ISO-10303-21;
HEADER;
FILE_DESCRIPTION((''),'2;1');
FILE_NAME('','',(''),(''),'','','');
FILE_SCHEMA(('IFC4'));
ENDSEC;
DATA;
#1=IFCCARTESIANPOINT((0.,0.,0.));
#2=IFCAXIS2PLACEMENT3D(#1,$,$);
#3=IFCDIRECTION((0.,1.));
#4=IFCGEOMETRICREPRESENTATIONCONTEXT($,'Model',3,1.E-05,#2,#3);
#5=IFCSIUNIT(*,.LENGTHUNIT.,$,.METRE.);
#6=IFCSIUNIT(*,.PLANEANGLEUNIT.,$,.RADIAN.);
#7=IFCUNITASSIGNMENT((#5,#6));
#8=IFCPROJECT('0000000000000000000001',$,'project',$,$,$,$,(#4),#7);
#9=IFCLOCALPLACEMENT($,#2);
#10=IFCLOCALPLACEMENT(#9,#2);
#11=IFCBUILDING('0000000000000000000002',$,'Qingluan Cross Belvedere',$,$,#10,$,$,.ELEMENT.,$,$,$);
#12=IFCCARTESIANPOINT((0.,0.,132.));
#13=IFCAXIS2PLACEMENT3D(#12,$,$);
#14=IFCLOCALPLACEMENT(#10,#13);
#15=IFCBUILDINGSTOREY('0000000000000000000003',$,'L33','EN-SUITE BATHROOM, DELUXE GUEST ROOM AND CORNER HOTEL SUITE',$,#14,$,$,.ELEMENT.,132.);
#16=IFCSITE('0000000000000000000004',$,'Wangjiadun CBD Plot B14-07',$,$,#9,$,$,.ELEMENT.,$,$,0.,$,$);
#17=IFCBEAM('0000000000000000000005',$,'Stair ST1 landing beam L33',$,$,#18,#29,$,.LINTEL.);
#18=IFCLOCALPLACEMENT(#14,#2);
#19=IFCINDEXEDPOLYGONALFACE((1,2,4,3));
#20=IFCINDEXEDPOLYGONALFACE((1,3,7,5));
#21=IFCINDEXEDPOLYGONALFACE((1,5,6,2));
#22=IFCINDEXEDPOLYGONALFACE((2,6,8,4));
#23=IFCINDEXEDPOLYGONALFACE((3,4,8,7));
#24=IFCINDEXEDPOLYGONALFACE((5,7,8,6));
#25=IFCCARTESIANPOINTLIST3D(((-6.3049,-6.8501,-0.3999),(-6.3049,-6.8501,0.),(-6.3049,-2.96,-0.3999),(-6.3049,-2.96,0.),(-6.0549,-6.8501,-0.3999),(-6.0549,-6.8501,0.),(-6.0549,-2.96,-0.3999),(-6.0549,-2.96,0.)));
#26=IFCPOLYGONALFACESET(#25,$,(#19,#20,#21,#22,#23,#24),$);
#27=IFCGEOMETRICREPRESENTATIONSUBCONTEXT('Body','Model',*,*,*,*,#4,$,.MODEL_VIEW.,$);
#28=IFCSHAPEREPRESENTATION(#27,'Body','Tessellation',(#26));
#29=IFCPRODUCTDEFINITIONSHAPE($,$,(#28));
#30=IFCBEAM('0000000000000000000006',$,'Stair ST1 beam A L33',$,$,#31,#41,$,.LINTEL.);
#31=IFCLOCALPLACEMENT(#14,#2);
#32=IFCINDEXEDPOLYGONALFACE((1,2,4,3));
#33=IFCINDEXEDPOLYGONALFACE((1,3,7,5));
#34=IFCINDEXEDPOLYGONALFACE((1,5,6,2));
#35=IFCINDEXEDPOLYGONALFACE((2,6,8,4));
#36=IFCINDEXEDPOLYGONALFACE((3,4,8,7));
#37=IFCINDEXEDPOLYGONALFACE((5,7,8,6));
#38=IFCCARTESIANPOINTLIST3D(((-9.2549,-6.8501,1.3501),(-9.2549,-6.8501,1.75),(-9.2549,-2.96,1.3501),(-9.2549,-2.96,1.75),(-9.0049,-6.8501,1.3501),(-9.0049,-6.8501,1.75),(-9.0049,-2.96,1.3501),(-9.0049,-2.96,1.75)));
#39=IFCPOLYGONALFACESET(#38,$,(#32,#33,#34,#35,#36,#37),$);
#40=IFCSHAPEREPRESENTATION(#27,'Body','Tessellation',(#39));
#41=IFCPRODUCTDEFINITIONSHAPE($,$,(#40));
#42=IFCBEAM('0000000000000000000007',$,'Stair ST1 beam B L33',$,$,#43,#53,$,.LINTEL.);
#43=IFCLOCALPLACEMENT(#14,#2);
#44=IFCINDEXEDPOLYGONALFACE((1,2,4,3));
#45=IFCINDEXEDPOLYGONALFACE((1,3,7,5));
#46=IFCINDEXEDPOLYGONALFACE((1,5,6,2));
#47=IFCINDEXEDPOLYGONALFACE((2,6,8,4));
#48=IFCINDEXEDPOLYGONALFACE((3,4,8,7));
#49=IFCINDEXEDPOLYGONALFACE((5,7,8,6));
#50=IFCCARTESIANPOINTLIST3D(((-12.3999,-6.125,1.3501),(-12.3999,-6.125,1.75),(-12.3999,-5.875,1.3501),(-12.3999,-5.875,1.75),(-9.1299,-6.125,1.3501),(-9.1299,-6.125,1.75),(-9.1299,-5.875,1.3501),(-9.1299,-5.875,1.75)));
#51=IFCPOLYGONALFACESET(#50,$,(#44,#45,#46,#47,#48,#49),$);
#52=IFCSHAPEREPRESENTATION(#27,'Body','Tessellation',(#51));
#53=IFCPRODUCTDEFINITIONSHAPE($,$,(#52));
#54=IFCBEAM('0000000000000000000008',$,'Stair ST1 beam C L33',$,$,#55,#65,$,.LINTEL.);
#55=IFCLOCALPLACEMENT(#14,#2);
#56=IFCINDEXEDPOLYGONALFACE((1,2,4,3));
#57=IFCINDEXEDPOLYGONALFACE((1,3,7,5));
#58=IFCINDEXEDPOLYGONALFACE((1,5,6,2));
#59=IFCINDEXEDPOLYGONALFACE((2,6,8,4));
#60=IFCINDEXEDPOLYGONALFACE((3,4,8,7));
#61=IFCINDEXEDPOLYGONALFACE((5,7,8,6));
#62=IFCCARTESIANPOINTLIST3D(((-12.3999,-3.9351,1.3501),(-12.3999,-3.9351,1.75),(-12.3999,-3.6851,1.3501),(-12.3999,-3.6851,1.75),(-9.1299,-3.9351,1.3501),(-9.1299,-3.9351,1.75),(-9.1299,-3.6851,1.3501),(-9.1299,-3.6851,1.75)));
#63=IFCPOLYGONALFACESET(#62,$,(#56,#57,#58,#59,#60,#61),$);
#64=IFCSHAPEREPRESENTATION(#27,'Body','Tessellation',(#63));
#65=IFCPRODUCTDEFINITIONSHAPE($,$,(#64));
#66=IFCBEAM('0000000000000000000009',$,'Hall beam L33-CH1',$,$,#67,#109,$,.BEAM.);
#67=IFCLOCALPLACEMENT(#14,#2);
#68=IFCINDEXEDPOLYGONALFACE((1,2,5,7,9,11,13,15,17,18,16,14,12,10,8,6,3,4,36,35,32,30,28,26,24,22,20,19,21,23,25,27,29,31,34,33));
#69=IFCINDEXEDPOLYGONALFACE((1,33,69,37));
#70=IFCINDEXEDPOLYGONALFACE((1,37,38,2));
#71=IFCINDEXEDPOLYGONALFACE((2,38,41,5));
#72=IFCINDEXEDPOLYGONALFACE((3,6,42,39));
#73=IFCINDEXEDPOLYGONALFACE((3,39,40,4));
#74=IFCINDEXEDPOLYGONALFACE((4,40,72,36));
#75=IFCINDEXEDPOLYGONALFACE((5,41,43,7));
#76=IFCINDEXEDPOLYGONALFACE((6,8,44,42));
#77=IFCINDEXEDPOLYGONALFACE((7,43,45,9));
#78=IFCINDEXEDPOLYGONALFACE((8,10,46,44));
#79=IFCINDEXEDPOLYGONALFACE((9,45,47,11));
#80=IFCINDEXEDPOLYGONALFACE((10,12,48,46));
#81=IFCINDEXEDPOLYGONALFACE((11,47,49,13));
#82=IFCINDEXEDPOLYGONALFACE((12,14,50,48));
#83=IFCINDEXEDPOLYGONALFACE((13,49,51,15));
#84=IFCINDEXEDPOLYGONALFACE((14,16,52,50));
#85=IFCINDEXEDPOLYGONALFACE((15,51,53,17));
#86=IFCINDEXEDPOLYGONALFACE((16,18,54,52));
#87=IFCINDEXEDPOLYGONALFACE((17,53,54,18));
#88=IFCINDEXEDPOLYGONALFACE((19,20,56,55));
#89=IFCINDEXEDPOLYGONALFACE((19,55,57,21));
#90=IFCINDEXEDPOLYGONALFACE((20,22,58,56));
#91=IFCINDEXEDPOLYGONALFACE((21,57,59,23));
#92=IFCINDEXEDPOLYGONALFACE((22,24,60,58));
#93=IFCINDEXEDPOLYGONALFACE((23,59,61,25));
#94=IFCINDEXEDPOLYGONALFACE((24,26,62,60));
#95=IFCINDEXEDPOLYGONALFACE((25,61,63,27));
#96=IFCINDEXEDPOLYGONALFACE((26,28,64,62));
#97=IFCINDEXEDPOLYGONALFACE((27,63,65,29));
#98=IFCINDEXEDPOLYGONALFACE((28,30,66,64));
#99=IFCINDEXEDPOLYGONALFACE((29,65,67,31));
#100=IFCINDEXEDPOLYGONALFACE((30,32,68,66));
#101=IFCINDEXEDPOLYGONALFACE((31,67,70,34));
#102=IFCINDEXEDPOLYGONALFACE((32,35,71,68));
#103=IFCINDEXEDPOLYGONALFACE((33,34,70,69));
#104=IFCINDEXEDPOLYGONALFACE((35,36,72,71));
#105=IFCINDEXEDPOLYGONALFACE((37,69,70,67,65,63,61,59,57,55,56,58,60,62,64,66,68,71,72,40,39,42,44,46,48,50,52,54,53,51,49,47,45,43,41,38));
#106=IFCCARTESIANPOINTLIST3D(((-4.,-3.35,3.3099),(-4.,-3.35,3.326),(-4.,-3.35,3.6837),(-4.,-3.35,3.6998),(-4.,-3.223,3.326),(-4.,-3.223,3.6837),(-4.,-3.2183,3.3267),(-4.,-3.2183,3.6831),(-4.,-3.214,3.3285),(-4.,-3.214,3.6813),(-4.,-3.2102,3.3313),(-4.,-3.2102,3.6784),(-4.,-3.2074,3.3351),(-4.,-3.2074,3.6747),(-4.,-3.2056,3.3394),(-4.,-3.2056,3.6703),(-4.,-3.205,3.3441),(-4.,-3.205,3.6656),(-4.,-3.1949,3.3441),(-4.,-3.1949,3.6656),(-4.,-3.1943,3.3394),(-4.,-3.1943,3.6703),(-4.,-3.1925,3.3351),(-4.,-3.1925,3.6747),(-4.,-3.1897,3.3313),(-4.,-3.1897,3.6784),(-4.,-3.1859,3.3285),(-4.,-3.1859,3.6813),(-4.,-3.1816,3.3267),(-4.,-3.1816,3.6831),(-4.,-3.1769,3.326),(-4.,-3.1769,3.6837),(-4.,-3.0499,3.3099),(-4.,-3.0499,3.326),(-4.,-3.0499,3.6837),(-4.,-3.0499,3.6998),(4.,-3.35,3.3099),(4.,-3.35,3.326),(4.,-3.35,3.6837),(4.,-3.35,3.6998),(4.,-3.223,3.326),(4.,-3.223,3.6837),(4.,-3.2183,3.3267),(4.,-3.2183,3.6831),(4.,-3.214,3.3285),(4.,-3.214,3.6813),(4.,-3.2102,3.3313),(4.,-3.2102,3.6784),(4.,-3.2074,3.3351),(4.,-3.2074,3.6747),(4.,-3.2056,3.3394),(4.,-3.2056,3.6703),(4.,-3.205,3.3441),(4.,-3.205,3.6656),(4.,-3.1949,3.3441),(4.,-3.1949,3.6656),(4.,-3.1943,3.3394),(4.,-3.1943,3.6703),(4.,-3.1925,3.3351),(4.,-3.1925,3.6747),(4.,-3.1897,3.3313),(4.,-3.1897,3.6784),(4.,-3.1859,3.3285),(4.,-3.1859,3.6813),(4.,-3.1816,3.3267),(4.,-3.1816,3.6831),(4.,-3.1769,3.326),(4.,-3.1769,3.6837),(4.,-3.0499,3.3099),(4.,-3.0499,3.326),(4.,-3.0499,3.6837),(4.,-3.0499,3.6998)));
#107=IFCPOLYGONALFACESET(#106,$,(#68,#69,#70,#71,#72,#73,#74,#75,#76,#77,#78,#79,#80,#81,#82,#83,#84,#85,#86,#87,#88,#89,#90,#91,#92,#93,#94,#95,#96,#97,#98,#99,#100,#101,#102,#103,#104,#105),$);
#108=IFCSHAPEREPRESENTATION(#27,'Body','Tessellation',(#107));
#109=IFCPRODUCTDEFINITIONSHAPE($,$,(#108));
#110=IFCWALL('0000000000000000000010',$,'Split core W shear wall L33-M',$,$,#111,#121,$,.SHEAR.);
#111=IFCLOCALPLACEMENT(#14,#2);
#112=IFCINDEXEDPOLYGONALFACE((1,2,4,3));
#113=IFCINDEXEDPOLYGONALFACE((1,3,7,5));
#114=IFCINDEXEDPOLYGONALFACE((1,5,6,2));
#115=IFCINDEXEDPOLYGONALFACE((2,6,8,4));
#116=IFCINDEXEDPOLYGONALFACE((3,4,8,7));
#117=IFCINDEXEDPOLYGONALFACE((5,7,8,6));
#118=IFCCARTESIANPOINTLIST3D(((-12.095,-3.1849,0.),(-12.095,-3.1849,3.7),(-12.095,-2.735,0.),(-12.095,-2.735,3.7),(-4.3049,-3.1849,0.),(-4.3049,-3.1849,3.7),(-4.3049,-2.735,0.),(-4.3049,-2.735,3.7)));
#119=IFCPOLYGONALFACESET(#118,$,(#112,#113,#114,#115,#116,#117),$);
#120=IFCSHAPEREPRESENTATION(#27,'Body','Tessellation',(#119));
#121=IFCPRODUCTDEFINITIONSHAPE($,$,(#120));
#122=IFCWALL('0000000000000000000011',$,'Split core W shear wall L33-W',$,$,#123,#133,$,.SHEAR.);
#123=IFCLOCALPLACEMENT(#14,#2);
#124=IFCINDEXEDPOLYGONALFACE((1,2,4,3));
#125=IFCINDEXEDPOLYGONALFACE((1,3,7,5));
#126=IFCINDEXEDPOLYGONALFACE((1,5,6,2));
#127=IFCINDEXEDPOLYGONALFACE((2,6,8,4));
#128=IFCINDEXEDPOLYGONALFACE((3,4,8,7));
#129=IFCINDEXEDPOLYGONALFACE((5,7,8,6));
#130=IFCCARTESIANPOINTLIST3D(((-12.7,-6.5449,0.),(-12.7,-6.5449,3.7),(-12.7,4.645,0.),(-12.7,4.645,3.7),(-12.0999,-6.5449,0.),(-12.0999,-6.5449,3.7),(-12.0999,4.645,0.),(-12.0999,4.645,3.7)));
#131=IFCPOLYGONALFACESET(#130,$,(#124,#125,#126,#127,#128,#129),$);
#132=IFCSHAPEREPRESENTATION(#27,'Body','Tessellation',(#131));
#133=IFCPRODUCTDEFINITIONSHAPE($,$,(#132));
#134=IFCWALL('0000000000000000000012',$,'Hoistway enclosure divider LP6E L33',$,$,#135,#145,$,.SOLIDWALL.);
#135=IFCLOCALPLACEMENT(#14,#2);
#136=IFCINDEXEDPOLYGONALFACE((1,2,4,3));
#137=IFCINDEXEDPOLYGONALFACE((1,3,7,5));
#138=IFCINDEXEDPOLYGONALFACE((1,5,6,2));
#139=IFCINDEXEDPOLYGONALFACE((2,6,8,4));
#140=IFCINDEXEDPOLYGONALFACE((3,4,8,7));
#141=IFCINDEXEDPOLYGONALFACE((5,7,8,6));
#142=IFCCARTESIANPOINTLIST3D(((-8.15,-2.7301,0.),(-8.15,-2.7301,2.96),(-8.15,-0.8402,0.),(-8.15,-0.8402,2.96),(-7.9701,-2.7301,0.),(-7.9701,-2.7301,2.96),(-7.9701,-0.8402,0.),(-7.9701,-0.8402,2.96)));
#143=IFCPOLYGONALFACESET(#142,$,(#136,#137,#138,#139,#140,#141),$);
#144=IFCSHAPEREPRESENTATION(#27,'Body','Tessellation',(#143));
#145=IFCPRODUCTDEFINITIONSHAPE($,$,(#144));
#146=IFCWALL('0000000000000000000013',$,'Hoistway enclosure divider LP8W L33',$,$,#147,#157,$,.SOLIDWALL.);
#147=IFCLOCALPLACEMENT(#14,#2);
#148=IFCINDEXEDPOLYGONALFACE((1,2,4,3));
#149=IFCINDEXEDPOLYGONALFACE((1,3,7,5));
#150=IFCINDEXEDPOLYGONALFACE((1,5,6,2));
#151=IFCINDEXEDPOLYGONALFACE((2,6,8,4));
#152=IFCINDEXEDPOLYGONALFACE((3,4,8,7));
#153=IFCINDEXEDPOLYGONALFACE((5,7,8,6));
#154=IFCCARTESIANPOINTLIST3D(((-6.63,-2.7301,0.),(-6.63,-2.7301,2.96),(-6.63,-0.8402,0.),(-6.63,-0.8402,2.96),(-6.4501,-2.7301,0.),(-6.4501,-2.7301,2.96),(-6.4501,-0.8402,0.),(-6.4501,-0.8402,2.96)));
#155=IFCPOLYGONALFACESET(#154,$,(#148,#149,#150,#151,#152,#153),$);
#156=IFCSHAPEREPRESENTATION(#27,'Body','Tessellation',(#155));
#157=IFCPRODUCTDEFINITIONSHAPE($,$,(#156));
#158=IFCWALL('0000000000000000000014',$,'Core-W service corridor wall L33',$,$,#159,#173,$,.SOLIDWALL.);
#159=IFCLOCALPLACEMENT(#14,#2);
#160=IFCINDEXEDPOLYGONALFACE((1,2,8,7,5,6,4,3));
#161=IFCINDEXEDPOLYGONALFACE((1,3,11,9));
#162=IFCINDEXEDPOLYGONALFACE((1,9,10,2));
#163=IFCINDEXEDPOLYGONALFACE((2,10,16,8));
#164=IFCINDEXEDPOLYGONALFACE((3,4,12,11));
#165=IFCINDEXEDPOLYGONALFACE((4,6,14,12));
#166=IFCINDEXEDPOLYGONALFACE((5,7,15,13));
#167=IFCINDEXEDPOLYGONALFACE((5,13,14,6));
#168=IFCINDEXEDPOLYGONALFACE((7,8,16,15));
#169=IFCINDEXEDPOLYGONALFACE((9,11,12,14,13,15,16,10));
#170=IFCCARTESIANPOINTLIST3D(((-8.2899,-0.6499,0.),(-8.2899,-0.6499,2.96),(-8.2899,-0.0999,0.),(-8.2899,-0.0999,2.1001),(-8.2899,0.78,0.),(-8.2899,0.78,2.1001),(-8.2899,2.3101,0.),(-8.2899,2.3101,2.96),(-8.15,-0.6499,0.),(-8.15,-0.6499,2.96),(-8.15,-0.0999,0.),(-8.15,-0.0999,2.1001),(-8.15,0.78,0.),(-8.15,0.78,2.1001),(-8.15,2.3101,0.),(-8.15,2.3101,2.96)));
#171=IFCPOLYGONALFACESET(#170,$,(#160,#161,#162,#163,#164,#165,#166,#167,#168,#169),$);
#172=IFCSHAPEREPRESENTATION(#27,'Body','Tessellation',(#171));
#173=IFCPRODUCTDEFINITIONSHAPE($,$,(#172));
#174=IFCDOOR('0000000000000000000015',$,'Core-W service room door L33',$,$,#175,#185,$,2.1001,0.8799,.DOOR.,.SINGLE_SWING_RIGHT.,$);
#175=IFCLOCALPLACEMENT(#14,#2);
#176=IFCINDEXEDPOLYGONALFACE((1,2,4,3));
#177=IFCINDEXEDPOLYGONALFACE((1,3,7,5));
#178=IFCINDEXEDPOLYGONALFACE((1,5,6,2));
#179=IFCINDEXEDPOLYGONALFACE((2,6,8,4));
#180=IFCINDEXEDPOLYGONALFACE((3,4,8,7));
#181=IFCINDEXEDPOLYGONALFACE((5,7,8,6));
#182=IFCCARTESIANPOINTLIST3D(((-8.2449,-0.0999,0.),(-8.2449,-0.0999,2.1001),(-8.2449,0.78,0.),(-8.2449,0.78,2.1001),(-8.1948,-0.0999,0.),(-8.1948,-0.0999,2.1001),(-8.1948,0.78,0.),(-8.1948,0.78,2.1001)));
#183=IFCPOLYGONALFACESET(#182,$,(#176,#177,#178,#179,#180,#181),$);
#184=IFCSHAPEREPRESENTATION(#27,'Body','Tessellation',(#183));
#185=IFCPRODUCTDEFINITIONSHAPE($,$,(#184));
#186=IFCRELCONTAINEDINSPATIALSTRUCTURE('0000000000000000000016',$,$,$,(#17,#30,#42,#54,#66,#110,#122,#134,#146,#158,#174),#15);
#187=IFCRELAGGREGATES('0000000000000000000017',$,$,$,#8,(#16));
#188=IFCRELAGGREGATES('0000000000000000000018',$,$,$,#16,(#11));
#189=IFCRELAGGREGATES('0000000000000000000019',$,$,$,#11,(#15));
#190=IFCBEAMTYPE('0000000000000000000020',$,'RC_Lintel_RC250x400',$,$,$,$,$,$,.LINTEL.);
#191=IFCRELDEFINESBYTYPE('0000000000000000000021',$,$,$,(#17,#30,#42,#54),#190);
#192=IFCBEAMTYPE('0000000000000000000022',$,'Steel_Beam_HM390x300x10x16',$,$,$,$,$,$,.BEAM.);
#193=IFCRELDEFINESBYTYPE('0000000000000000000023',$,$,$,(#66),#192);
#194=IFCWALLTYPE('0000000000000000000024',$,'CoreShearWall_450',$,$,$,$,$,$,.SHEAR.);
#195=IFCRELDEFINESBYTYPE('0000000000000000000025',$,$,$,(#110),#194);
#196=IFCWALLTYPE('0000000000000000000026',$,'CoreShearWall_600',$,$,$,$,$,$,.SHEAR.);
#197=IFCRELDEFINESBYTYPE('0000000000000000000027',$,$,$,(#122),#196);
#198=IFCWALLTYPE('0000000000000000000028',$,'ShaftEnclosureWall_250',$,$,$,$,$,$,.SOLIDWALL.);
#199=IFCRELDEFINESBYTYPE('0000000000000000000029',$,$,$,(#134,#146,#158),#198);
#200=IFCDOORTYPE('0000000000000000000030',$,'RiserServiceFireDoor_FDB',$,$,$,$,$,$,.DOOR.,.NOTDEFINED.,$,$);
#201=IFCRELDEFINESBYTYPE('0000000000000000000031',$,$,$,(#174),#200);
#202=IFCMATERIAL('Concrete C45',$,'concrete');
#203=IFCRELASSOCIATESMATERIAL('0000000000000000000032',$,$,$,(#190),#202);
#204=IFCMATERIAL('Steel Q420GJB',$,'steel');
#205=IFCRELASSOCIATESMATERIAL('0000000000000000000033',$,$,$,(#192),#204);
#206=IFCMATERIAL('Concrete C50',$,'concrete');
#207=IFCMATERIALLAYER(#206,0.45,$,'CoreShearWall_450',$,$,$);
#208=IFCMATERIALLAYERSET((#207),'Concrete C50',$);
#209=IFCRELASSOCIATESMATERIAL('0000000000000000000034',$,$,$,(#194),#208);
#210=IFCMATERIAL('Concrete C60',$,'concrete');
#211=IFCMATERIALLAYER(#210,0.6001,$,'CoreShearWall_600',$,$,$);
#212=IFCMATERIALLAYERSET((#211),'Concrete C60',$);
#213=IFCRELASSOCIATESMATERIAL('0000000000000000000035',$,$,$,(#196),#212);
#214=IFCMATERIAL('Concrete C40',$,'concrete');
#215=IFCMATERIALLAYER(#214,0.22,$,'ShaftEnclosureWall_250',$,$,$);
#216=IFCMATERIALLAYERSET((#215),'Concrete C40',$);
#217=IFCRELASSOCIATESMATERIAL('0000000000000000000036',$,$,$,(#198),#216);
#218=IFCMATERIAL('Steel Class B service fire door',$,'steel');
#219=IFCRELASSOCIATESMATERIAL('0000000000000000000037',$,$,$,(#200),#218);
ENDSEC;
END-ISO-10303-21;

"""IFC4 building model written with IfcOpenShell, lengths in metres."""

from ifc_helpers import new_model, si_unit, direction, frame, frame_2d, origin, origin_2d, place, context, subcontext, project, spatial, rectangle, i_section, extrude, material, layer, layer_set, material_profile, profile_set, type_object, element, fill, save


model = new_model("IFC4")

# Units and contexts
model_context = context("Model", 3, precision=1e-05, world=origin(), true_north=direction((0.0, 1.0)))
body_context = subcontext(model_context, "Body", "Model", "MODEL_VIEW")
ifc_project = project(units=[si_unit("LENGTHUNIT", "METRE"), si_unit("PLANEANGLEUNIT", "RADIAN")], contexts=[model_context])

# Site, building, storey
site_placement = place(None, origin())
site = spatial("IfcSite", under=ifc_project, at=site_placement, Name="Wangjiadun CBD Plot B14-07", CompositionType="ELEMENT", RefElevation=0.0)
building_placement = place(site_placement, origin())
building = spatial("IfcBuilding", under=site, at=building_placement, Name="Qingluan Cross Belvedere", CompositionType="ELEMENT")
storey_placement = place(building_placement, frame((0.0, 0.0, 132.0)))
storey = spatial("IfcBuildingStorey", under=building, at=storey_placement, Name="L33", Description="EN-SUITE BATHROOM, DELUXE GUEST ROOM AND CORNER HOTEL SUITE", CompositionType="ELEMENT", Elevation=132.0)

# Beams
ifc_material_1 = material(Name="Concrete C45", Category="concrete")
ifc_material_profile_1 = material_profile(ifc_material_1, rectangle(XDim=0.25, YDim=0.3999, at=origin_2d()), Name="RC250x400")
ifc_profile_set_1 = profile_set([ifc_material_profile_1], Name="Concrete C45")
beam_type_1 = type_object("IfcBeamType", Name="RC_Lintel_RC250x400", PredefinedType="LINTEL", material=ifc_profile_set_1)
for number, where, z_axis, x_axis, name in (
    (1, (-6.1799, -6.8501, -0.2), (0.0, 1.0, 0.0), (-1.0, 0.0, 0.0), "Stair ST1 landing beam L33"),
    (2, (-9.1299, -6.8501, 1.55), (0.0, 1.0, 0.0), (-1.0, 0.0, 0.0), "Stair ST1 beam A L33"),
):
    element("IfcBeam", number, at=place(storey_placement, frame(where, z_axis=z_axis, x_axis=x_axis)), inside=storey, type_object=beam_type_1, Name=name, PredefinedType="LINTEL", context=body_context, shape_type="SweptSolid", body=[
        extrude(rectangle(XDim=0.25, YDim=0.3999, at=origin_2d()), origin(), (0.0, 0.0, 1.0), 3.8901),
    ])
for number, where, z_axis, x_axis, name in (
    (3, (-12.3999, -6.0, 1.55), (1.0, 0.0, 0.0), (0.0, 1.0, 0.0), "Stair ST1 beam B L33"),
    (4, (-12.3999, -3.8101, 1.55), (1.0, 0.0, 0.0), (0.0, 1.0, 0.0), "Stair ST1 beam C L33"),
):
    element("IfcBeam", number, at=place(storey_placement, frame(where, z_axis=z_axis, x_axis=x_axis)), inside=storey, type_object=beam_type_1, Name=name, PredefinedType="LINTEL", context=body_context, shape_type="SweptSolid", body=[
        extrude(rectangle(XDim=0.25, YDim=0.3999, at=origin_2d()), origin(), (0.0, 0.0, 1.0), 3.27),
    ])
ifc_material_2 = material(Name="Steel Q420GJB", Category="steel")
ifc_material_profile_2 = material_profile(ifc_material_2, i_section(OverallWidth=0.3, OverallDepth=0.3899, WebThickness=0.01, FlangeThickness=0.0161, FilletRadius=0.0181, at=origin_2d()), Name="HM390x300x10x16")
ifc_profile_set_2 = profile_set([ifc_material_profile_2], Name="Steel Q420GJB")
beam_type_2 = type_object("IfcBeamType", Name="Steel_Beam_HM390x300x10x16", PredefinedType="BEAM", material=ifc_profile_set_2)
beam_placement = place(storey_placement, frame((-4.0, -3.2, 3.5049), z_axis=(1.0, 0.0, 0.0), x_axis=(0.0, 1.0, 0.0)))
element("IfcBeam", 5, at=beam_placement, inside=storey, type_object=beam_type_2, Name="Hall beam L33-CH1", PredefinedType="BEAM", context=body_context, shape_type="SweptSolid", body=[
    extrude(i_section(OverallWidth=0.3, OverallDepth=0.3899, WebThickness=0.01, FlangeThickness=0.0161, FilletRadius=0.0181, at=origin_2d()), origin(), (0.0, 0.0, 1.0), 8.0),
])

# Walls
ifc_material_3 = material(Name="Concrete C50", Category="concrete")
ifc_layer_1 = layer(ifc_material_3, 0.45, Name="CoreShearWall_450")
ifc_layer_set_1 = layer_set([ifc_layer_1], Name="Concrete C50")
wall_type_1 = type_object("IfcWallType", Name="CoreShearWall_450", PredefinedType="SHEAR", material=ifc_layer_set_1)
wall_1_placement = place(storey_placement, frame((-12.095, -2.96, 0.0), z_axis=(0.0, 0.0, 1.0), x_axis=(1.0, 0.0, 0.0)))
element("IfcWall", 6, at=wall_1_placement, inside=storey, type_object=wall_type_1, Name="Split core W shear wall L33-M", PredefinedType="SHEAR", context=body_context, shape_type="SweptSolid", body=[
    extrude(rectangle(XDim=7.79, YDim=0.45, at=frame_2d((3.895, 0.0))), origin(), (0.0, 0.0, 1.0), 3.7),
])
ifc_material_4 = material(Name="Concrete C60", Category="concrete")
ifc_layer_2 = layer(ifc_material_4, 0.6001, Name="CoreShearWall_600")
ifc_layer_set_2 = layer_set([ifc_layer_2], Name="Concrete C60")
wall_type_2 = type_object("IfcWallType", Name="CoreShearWall_600", PredefinedType="SHEAR", material=ifc_layer_set_2)
wall_2_placement = place(storey_placement, frame((-12.3999, -6.5449, 0.0), z_axis=(0.0, 0.0, 1.0), x_axis=(0.0, 1.0, 0.0)))
element("IfcWall", 7, at=wall_2_placement, inside=storey, type_object=wall_type_2, Name="Split core W shear wall L33-W", PredefinedType="SHEAR", context=body_context, shape_type="SweptSolid", body=[
    extrude(rectangle(XDim=11.1899, YDim=0.6001, at=frame_2d((5.595, 0.0))), origin(), (0.0, 0.0, 1.0), 3.7),
])

# Shared definitions
ifc_material_5 = material(Name="Concrete C40", Category="concrete")
ifc_layer_3 = layer(ifc_material_5, 0.22, Name="ShaftEnclosureWall_250")
ifc_layer_set_3 = layer_set([ifc_layer_3], Name="Concrete C40")
wall_type_3 = type_object("IfcWallType", Name="ShaftEnclosureWall_250", PredefinedType="SOLIDWALL", material=ifc_layer_set_3)

# Walls
for number, where, z_axis, x_axis, name in (
    (8, (-8.0601, -2.73, 0.0), (0.0, 0.0, 1.0), (0.0, 1.0, 0.0), "Hoistway enclosure divider LP6E L33"),
    (9, (-6.54, -2.73, 0.0), (0.0, 0.0, 1.0), (0.0, 1.0, 0.0), "Hoistway enclosure divider LP8W L33"),
):
    element("IfcWall", number, at=place(storey_placement, frame(where, z_axis=z_axis, x_axis=x_axis)), inside=storey, type_object=wall_type_3, Name=name, PredefinedType="SOLIDWALL", context=body_context, shape_type="SweptSolid", body=[
        extrude(rectangle(XDim=1.8899, YDim=0.1799, at=frame_2d((0.9448, 0.0))), origin(), (0.0, 0.0, 1.0), 2.96),
    ])

# Wall, opening, door
wall_3_placement = place(storey_placement, frame((-8.22, -0.6499, 0.0), z_axis=(0.0, 0.0, 1.0), x_axis=(0.0, 1.0, 0.0)))
wall_3 = element("IfcWall", 10, at=wall_3_placement, inside=storey, type_object=wall_type_3, Name="Core-W service corridor wall L33", PredefinedType="SOLIDWALL", context=body_context, shape_type="SweptSolid", body=[
    extrude(rectangle(XDim=2.96, YDim=0.1399, at=frame_2d((1.48, 0.0))), origin(), (0.0, 0.0, 1.0), 2.96),
])
opening_1_placement = place(wall_3_placement, frame((0.55, 0.0, 0.0)))
opening_1 = element("IfcOpeningElement", 11, at=opening_1_placement, cuts=wall_3, PredefinedType="OPENING", context=body_context, shape_type="SweptSolid", body=[
    extrude(rectangle(XDim=0.8799, YDim=2.1001, at=frame_2d((0.4399, 1.05))), frame((0.0, 0.0798, 0.0), z_axis=(0.0, -1.0, 0.0), x_axis=(1.0, 0.0, 0.0)), (0.0, 0.0, 1.0), 0.1599),
])
ifc_material_6 = material(Name="Steel Class B service fire door", Category="steel")
door_type_1 = type_object("IfcDoorType", Name="RiserServiceFireDoor_FDB", OperationType="NOTDEFINED", PredefinedType="DOOR", material=ifc_material_6)
door_1_placement = place(opening_1_placement, origin())
door_1 = element("IfcDoor", 12, at=door_1_placement, inside=storey, type_object=door_type_1, Name="Core-W service room door L33", OperationType="SINGLE_SWING_RIGHT", OverallHeight=2.1001, OverallWidth=0.8799, PredefinedType="DOOR", context=body_context, shape_type="SweptSolid", body=[
    extrude(rectangle(XDim=0.8799, YDim=2.1001, at=frame_2d((0.4399, 1.05))), frame((0.0, 0.0249, 0.0), z_axis=(0.0, -1.0, 0.0), x_axis=(1.0, 0.0, 0.0)), (0.0, 0.0, 1.0), 0.05),
])
fill(opening_1, door_1)

save(model, "model.ifc")
